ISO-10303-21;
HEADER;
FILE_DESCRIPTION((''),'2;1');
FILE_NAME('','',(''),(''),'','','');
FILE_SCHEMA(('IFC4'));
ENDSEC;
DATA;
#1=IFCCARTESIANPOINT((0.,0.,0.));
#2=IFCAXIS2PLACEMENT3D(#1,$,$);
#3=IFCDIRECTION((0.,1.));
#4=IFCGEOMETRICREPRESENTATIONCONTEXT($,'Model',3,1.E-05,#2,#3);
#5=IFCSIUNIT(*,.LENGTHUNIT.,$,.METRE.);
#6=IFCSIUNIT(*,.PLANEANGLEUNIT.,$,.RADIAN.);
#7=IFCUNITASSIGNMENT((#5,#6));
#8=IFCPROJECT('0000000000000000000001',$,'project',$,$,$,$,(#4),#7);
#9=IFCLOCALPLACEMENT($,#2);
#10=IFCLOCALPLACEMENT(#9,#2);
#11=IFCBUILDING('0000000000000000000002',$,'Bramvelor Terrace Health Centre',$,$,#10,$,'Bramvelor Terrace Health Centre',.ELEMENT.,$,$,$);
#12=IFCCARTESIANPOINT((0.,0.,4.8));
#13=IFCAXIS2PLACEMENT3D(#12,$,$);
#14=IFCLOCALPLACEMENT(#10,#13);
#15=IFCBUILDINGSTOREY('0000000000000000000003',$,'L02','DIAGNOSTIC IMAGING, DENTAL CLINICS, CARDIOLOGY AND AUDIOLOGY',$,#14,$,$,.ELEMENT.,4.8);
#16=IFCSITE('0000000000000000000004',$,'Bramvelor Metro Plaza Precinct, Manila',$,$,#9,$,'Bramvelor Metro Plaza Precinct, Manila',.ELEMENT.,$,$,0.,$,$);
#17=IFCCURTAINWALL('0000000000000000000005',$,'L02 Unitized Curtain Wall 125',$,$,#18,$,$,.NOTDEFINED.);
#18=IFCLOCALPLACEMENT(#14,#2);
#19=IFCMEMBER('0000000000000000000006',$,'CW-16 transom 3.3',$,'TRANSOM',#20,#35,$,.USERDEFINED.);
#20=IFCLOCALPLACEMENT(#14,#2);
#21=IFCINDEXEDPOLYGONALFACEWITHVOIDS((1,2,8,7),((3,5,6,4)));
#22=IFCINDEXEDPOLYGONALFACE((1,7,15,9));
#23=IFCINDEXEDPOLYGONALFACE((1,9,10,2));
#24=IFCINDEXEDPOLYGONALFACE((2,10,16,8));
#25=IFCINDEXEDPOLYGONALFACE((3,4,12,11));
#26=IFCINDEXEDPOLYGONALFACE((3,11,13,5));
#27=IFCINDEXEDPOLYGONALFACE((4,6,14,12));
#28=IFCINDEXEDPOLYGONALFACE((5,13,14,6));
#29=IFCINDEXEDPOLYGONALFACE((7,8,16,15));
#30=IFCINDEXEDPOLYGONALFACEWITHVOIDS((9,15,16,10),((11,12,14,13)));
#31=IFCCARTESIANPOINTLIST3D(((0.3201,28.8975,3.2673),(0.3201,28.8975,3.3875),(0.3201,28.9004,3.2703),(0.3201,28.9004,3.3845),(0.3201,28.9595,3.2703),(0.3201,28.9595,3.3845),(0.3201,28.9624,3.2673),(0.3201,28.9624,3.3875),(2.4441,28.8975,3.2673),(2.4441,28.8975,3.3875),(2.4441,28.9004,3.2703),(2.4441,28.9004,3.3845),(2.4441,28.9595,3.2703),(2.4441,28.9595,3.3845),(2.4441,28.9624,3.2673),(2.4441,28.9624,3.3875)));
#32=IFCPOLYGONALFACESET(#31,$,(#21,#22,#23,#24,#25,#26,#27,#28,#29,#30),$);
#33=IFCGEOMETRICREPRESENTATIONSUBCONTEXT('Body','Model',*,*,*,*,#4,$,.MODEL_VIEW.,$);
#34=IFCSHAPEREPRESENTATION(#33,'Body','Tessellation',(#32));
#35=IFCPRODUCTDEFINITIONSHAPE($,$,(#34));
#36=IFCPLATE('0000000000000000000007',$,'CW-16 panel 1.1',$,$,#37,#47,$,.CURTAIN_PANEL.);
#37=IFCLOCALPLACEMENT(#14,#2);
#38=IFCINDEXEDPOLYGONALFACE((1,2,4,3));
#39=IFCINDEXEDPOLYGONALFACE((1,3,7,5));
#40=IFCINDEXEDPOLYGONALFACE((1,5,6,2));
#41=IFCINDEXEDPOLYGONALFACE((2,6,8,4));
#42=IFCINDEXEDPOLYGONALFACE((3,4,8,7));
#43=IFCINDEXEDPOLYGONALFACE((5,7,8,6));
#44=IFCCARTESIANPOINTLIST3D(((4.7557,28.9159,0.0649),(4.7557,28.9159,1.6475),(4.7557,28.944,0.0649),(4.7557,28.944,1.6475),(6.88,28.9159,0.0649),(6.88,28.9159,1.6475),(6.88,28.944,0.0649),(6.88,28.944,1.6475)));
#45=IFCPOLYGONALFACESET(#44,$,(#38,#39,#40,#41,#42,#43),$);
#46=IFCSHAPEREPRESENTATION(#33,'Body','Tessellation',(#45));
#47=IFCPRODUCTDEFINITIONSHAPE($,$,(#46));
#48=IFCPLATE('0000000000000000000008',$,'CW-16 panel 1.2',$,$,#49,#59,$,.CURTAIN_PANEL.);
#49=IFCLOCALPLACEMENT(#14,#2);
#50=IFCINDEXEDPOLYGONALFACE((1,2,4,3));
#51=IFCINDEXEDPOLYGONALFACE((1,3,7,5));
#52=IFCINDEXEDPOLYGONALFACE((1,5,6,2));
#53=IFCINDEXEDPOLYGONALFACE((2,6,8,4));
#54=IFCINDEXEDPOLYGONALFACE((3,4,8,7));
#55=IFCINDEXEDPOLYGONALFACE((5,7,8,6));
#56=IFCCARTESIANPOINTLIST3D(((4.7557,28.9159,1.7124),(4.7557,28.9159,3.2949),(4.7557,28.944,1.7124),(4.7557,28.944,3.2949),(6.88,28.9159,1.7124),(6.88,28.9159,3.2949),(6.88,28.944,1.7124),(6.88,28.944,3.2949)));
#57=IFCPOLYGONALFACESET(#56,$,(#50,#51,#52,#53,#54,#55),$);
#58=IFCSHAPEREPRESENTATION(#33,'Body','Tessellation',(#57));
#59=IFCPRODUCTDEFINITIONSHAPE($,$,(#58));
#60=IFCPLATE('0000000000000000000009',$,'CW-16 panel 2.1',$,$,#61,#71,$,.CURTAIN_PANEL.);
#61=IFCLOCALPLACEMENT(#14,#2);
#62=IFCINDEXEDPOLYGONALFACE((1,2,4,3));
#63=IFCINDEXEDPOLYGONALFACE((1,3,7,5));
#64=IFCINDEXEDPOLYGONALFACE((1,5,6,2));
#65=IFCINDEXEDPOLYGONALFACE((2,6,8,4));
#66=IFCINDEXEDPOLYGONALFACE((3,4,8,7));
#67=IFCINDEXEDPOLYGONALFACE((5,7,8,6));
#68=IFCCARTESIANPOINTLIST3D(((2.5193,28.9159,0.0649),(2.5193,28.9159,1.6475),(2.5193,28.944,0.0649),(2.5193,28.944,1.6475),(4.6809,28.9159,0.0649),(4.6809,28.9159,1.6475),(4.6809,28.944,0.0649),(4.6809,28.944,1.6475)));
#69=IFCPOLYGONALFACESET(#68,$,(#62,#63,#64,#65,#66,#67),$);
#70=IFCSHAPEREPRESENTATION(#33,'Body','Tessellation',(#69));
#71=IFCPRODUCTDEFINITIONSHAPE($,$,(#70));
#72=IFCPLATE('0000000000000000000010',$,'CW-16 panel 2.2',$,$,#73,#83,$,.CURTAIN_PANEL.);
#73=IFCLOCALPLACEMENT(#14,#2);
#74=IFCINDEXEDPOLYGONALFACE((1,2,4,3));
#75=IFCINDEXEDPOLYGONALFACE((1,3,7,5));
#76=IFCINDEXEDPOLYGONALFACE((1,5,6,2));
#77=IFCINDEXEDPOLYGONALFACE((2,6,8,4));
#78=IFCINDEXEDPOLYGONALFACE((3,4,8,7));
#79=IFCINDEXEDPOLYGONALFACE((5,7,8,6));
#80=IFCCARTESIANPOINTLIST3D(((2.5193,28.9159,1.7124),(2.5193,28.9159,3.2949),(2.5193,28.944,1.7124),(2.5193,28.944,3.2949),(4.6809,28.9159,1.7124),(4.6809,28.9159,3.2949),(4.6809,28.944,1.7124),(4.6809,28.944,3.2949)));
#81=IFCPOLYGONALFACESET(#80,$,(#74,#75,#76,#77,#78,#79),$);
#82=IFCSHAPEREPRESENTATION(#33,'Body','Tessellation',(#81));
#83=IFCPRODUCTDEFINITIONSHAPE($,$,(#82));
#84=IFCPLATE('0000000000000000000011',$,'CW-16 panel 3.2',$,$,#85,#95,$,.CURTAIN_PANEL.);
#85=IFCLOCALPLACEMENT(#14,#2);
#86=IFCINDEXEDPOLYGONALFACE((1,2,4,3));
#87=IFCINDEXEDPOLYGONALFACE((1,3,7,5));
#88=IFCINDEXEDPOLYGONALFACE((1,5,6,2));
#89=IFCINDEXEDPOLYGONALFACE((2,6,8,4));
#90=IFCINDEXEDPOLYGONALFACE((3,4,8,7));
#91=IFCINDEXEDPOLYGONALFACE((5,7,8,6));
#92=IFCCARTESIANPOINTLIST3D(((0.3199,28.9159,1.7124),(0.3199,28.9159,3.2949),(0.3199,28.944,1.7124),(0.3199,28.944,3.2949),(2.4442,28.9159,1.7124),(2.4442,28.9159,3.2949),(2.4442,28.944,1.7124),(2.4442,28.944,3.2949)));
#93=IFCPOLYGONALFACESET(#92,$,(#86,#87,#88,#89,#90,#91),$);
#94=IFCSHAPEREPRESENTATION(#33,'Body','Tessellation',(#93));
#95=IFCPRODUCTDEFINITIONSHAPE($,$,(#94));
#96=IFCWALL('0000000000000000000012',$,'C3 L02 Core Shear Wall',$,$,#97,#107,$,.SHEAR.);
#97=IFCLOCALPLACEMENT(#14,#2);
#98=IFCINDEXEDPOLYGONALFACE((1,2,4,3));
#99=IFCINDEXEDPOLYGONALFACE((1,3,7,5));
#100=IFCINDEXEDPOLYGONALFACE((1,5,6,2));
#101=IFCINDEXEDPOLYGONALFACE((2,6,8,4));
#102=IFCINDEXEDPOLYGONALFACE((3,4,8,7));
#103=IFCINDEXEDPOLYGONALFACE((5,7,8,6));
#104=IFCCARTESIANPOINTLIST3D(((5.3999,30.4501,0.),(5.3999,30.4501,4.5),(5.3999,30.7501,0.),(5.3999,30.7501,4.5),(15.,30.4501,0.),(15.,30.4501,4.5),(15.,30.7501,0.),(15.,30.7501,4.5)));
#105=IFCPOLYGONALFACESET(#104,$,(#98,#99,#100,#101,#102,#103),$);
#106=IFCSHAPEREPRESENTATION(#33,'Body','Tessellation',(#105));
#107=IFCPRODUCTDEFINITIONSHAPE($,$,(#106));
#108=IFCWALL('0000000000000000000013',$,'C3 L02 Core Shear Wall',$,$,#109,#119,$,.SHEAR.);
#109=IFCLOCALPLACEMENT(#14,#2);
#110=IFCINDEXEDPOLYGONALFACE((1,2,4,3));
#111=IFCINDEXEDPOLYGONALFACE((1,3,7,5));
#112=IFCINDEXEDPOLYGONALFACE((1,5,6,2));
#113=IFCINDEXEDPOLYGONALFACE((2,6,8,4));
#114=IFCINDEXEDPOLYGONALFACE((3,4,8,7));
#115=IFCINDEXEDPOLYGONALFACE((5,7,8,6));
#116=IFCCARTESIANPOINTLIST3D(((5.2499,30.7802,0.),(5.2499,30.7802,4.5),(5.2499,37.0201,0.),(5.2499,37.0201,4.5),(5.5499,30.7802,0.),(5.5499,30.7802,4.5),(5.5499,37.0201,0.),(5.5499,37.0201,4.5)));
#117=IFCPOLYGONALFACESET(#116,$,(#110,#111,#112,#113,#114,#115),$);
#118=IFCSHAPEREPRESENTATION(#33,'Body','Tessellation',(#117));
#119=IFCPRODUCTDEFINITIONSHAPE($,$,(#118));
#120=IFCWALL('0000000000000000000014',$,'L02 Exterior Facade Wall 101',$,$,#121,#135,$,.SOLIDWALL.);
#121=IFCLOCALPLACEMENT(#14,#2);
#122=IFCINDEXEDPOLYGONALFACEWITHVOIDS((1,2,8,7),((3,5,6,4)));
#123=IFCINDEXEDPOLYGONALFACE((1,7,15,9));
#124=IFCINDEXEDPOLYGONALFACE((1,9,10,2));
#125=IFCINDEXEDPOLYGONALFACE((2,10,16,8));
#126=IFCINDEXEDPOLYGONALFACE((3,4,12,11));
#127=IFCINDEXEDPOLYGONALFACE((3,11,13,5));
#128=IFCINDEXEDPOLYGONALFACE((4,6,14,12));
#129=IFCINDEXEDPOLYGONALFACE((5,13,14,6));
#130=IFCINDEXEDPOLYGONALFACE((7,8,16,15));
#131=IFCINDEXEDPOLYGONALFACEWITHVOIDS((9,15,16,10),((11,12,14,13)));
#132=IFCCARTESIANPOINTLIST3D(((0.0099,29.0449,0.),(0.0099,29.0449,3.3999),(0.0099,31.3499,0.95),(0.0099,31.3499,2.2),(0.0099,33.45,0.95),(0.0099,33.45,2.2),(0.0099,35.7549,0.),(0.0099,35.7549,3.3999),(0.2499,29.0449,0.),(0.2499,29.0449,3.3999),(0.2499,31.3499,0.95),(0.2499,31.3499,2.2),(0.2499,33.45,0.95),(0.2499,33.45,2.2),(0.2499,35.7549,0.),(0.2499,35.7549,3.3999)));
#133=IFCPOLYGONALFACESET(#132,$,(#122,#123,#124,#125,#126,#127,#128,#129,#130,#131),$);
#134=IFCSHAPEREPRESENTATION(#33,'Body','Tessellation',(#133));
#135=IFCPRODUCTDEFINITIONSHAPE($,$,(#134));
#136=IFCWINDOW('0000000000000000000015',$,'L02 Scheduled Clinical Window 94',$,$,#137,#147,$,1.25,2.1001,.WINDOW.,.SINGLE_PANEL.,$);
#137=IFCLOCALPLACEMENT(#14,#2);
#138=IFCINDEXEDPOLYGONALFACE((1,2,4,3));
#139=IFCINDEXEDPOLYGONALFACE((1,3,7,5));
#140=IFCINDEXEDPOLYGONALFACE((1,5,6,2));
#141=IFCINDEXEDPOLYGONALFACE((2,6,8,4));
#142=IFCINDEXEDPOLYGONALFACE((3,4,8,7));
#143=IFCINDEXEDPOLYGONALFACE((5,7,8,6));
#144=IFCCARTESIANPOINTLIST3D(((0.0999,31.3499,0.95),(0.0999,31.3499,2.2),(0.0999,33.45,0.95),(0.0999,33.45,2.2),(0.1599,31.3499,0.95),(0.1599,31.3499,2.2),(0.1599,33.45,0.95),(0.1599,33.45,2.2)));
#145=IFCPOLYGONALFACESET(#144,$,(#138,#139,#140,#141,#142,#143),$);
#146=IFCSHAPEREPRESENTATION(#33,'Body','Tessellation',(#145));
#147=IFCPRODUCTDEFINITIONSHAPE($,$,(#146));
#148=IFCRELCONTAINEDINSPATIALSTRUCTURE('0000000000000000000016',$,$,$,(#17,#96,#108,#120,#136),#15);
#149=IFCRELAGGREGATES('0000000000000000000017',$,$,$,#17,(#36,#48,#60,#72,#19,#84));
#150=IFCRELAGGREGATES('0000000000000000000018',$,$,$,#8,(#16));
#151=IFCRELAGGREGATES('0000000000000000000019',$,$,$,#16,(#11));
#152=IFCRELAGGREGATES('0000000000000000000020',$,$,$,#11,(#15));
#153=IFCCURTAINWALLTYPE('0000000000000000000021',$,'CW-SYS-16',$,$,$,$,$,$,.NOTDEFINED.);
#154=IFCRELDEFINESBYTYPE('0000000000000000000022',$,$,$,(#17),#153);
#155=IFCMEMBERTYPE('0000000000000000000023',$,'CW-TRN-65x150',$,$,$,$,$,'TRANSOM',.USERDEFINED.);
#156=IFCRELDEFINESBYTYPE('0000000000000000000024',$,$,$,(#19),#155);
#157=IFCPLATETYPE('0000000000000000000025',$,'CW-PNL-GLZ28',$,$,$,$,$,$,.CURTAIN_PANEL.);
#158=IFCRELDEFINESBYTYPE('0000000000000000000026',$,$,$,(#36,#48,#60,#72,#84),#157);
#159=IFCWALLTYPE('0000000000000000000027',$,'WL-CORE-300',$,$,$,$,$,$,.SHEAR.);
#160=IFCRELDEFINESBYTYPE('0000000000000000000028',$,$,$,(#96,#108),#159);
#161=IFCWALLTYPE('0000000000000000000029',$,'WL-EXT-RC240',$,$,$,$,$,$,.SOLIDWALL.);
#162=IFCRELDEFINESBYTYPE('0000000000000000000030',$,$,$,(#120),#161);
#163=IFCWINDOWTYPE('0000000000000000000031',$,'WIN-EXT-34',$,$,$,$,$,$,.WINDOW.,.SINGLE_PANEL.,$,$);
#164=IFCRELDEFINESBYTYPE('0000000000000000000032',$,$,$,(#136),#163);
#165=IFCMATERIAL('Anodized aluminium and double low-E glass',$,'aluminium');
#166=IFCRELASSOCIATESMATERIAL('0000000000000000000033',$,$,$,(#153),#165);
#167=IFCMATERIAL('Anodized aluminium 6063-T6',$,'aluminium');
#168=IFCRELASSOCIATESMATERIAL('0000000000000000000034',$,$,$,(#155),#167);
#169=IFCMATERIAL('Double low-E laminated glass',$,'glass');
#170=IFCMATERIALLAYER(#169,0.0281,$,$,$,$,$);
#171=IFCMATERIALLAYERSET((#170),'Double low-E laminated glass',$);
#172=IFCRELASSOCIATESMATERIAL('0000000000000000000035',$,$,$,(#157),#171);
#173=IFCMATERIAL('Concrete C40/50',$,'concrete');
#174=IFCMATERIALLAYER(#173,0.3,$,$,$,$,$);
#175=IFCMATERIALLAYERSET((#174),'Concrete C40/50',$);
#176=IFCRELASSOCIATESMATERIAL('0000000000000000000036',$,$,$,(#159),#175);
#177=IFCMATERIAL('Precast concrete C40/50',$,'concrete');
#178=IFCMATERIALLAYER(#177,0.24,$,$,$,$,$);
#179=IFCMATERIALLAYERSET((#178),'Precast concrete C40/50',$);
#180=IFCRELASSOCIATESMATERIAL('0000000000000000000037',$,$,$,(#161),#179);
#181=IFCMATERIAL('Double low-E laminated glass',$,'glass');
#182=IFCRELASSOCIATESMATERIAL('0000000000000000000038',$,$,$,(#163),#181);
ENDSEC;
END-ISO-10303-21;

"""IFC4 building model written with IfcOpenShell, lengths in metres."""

from ifc_helpers import new_model, si_unit, direction, frame, frame_2d, origin, origin_2d, place, context, subcontext, project, spatial, rectangle, hollow_rectangle, extrude, material, layer, layer_set, material_profile, profile_set, type_object, element, fill, aggregate, save


model = new_model("IFC4")

# Units and contexts
model_context = context("Model", 3, precision=1e-05, world=origin(), true_north=direction((0.0, 1.0)))
body_context = subcontext(model_context, "Body", "Model", "MODEL_VIEW")
ifc_project = project(units=[si_unit("LENGTHUNIT", "METRE"), si_unit("PLANEANGLEUNIT", "RADIAN")], contexts=[model_context])

# Site, building, storey
site_placement = place(None, origin())
site = spatial("IfcSite", under=ifc_project, at=site_placement, Name="Bramvelor Metro Plaza Precinct, Manila", LongName="Bramvelor Metro Plaza Precinct, Manila", CompositionType="ELEMENT", RefElevation=0.0)
building_placement = place(site_placement, origin())
building = spatial("IfcBuilding", under=site, at=building_placement, Name="Bramvelor Terrace Health Centre", LongName="Bramvelor Terrace Health Centre", CompositionType="ELEMENT")
storey_placement = place(building_placement, frame((0.0, 0.0, 4.8)))
storey = spatial("IfcBuildingStorey", under=building, at=storey_placement, Name="L02", Description="DIAGNOSTIC IMAGING, DENTAL CLINICS, CARDIOLOGY AND AUDIOLOGY", CompositionType="ELEMENT", Elevation=4.8)

# Curtain wall, member, plates
ifc_material_1 = material(Name="Anodized aluminium and double low-E glass", Category="aluminium")
curtain_wall_type = type_object("IfcCurtainWallType", Name="CW-SYS-16", PredefinedType="NOTDEFINED", material=ifc_material_1)
curtain_wall_placement = place(storey_placement, origin())
curtain_wall = element("IfcCurtainWall", 1, at=curtain_wall_placement, inside=storey, type_object=curtain_wall_type, Name="L02 Unitized Curtain Wall 125", PredefinedType="NOTDEFINED")
ifc_material_2 = material(Name="Anodized aluminium 6063-T6", Category="aluminium")
ifc_material_profile_1 = material_profile(ifc_material_2, hollow_rectangle(XDim=0.0649, YDim=0.1201, WallThickness=0.0029, at=origin_2d()), Name="ALU-TRN 65x120x3.0")
ifc_profile_set_1 = profile_set([ifc_material_profile_1], Name="Anodized aluminium 6063-T6")
member_type_1 = type_object("IfcMemberType", Name="CW-TRN-65x150", ElementType="TRANSOM", PredefinedType="USERDEFINED", material=ifc_profile_set_1)
member_1_placement = place(storey_placement, frame((2.4441, 28.9299, 3.3274), z_axis=(-1.0, 0.0, 0.0), x_axis=(0.0, -1.0, 0.0)))
member_1 = element("IfcMember", 2, at=member_1_placement, type_object=member_type_1, Name="CW-16 transom 3.3", ObjectType="TRANSOM", PredefinedType="USERDEFINED", context=body_context, shape_type="SweptSolid", body=[
    extrude(hollow_rectangle(XDim=0.0649, YDim=0.1201, WallThickness=0.0029, at=origin_2d()), origin(), (0.0, 0.0, 1.0), 2.124),
])
ifc_material_3 = material(Name="Double low-E laminated glass", Category="glass")
ifc_layer_1 = layer(ifc_material_3, 0.0281)
ifc_layer_set_1 = layer_set([ifc_layer_1], Name="Double low-E laminated glass")
plate_type = type_object("IfcPlateType", Name="CW-PNL-GLZ28", PredefinedType="CURTAIN_PANEL", material=ifc_layer_set_1)
plate_1_placement = place(storey_placement, frame((5.8179, 28.9299, 0.0649), z_axis=(0.0, 0.0, 1.0), x_axis=(-1.0, 0.0, 0.0)))
plate_1 = element("IfcPlate", 3, at=plate_1_placement, type_object=plate_type, Name="CW-16 panel 1.1", PredefinedType="CURTAIN_PANEL", context=body_context, shape_type="SweptSolid", body=[
    extrude(rectangle(XDim=2.1243, YDim=0.0281, at=origin_2d()), origin(), (0.0, 0.0, 1.0), 1.5825),
])
plate_2_placement = place(storey_placement, frame((5.8179, 28.9299, 1.7124), z_axis=(0.0, 0.0, 1.0), x_axis=(-1.0, 0.0, 0.0)))
plate_2 = element("IfcPlate", 4, at=plate_2_placement, type_object=plate_type, Name="CW-16 panel 1.2", PredefinedType="CURTAIN_PANEL", context=body_context, shape_type="SweptSolid", body=[
    extrude(rectangle(XDim=2.1243, YDim=0.0281, at=origin_2d()), origin(), (0.0, 0.0, 1.0), 1.5825),
])
plate_3_placement = place(storey_placement, frame((3.6001, 28.9299, 0.0649), z_axis=(0.0, 0.0, 1.0), x_axis=(-1.0, 0.0, 0.0)))
plate_3 = element("IfcPlate", 5, at=plate_3_placement, type_object=plate_type, Name="CW-16 panel 2.1", PredefinedType="CURTAIN_PANEL", context=body_context, shape_type="SweptSolid", body=[
    extrude(rectangle(XDim=2.1616, YDim=0.0281, at=origin_2d()), origin(), (0.0, 0.0, 1.0), 1.5825),
])
plate_4_placement = place(storey_placement, frame((3.6001, 28.9299, 1.7124), z_axis=(0.0, 0.0, 1.0), x_axis=(-1.0, 0.0, 0.0)))
plate_4 = element("IfcPlate", 6, at=plate_4_placement, type_object=plate_type, Name="CW-16 panel 2.2", PredefinedType="CURTAIN_PANEL", context=body_context, shape_type="SweptSolid", body=[
    extrude(rectangle(XDim=2.1616, YDim=0.0281, at=origin_2d()), origin(), (0.0, 0.0, 1.0), 1.5825),
])
plate_5_placement = place(storey_placement, frame((1.3821, 28.9299, 1.7124), z_axis=(0.0, 0.0, 1.0), x_axis=(-1.0, 0.0, 0.0)))
plate_5 = element("IfcPlate", 7, at=plate_5_placement, type_object=plate_type, Name="CW-16 panel 3.2", PredefinedType="CURTAIN_PANEL", context=body_context, shape_type="SweptSolid", body=[
    extrude(rectangle(XDim=2.1243, YDim=0.0281, at=origin_2d()), origin(), (0.0, 0.0, 1.0), 1.5825),
])
aggregate(curtain_wall, [plate_1, plate_2, plate_3, plate_4, member_1, plate_5])

# Walls
ifc_material_4 = material(Name="Concrete C40/50", Category="concrete")
ifc_layer_2 = layer(ifc_material_4, 0.3)
ifc_layer_set_2 = layer_set([ifc_layer_2], Name="Concrete C40/50")
wall_type_1 = type_object("IfcWallType", Name="WL-CORE-300", PredefinedType="SHEAR", material=ifc_layer_set_2)
wall_1_placement = place(storey_placement, frame((5.3999, 30.6001, 0.0), z_axis=(0.0, 0.0, 1.0), x_axis=(1.0, 0.0, 0.0)))
element("IfcWall", 8, at=wall_1_placement, inside=storey, type_object=wall_type_1, Name="C3 L02 Core Shear Wall", PredefinedType="SHEAR", context=body_context, shape_type="SweptSolid", body=[
    extrude(rectangle(XDim=9.6001, YDim=0.3, at=frame_2d((4.8, 0.0))), origin(), (0.0, 0.0, 1.0), 4.5),
])
wall_2_placement = place(storey_placement, frame((5.3999, 30.78, 0.0), z_axis=(0.0, 0.0, 1.0), x_axis=(0.0, 1.0, 0.0)))
element("IfcWall", 9, at=wall_2_placement, inside=storey, type_object=wall_type_1, Name="C3 L02 Core Shear Wall", PredefinedType="SHEAR", context=body_context, shape_type="SweptSolid", body=[
    extrude(rectangle(XDim=6.24, YDim=0.3, at=frame_2d((3.1201, 0.0))), origin(), (0.0, 0.0, 1.0), 4.5),
])

# Wall, opening, window
ifc_material_5 = material(Name="Precast concrete C40/50", Category="concrete")
ifc_layer_3 = layer(ifc_material_5, 0.24)
ifc_layer_set_3 = layer_set([ifc_layer_3], Name="Precast concrete C40/50")
wall_type_2 = type_object("IfcWallType", Name="WL-EXT-RC240", PredefinedType="SOLIDWALL", material=ifc_layer_set_3)
wall_3_placement = place(storey_placement, frame((0.1299, 29.0449, 0.0), z_axis=(0.0, 0.0, 1.0), x_axis=(0.0, 1.0, 0.0)))
wall_3 = element("IfcWall", 10, at=wall_3_placement, inside=storey, type_object=wall_type_2, Name="L02 Exterior Facade Wall 101", PredefinedType="SOLIDWALL", context=body_context, shape_type="SweptSolid", body=[
    extrude(rectangle(XDim=6.71, YDim=0.24, at=frame_2d((3.355, 0.0))), origin(), (0.0, 0.0, 1.0), 3.3999),
])
opening_placement = place(wall_3_placement, frame((2.3049, 0.0, 0.95)))
opening = element("IfcOpeningElement", 11, at=opening_placement, cuts=wall_3, PredefinedType="OPENING", context=body_context, shape_type="SweptSolid", body=[
    extrude(rectangle(XDim=2.1001, YDim=1.25, at=frame_2d((1.05, 0.625))), frame((0.0, 0.1299, 0.0), z_axis=(0.0, -1.0, 0.0), x_axis=(1.0, 0.0, 0.0)), (0.0, 0.0, 1.0), 0.26),
])
ifc_material_6 = material(Name="Double low-E laminated glass", Category="glass")
window_type = type_object("IfcWindowType", Name="WIN-EXT-34", PartitioningType="SINGLE_PANEL", PredefinedType="WINDOW", material=ifc_material_6)
window_placement = place(opening_placement, origin())
window = element("IfcWindow", 12, at=window_placement, inside=storey, type_object=window_type, Name="L02 Scheduled Clinical Window 94", OverallHeight=1.25, OverallWidth=2.1001, PartitioningType="SINGLE_PANEL", PredefinedType="WINDOW", context=body_context, shape_type="SweptSolid", body=[
    extrude(rectangle(XDim=2.1001, YDim=1.25, at=frame_2d((1.05, 0.625))), frame((0.0, 0.03, 0.0), z_axis=(0.0, -1.0, 0.0), x_axis=(1.0, 0.0, 0.0)), (0.0, 0.0, 1.0), 0.0601),
])
fill(opening, window)

save(model, "model.ifc")
